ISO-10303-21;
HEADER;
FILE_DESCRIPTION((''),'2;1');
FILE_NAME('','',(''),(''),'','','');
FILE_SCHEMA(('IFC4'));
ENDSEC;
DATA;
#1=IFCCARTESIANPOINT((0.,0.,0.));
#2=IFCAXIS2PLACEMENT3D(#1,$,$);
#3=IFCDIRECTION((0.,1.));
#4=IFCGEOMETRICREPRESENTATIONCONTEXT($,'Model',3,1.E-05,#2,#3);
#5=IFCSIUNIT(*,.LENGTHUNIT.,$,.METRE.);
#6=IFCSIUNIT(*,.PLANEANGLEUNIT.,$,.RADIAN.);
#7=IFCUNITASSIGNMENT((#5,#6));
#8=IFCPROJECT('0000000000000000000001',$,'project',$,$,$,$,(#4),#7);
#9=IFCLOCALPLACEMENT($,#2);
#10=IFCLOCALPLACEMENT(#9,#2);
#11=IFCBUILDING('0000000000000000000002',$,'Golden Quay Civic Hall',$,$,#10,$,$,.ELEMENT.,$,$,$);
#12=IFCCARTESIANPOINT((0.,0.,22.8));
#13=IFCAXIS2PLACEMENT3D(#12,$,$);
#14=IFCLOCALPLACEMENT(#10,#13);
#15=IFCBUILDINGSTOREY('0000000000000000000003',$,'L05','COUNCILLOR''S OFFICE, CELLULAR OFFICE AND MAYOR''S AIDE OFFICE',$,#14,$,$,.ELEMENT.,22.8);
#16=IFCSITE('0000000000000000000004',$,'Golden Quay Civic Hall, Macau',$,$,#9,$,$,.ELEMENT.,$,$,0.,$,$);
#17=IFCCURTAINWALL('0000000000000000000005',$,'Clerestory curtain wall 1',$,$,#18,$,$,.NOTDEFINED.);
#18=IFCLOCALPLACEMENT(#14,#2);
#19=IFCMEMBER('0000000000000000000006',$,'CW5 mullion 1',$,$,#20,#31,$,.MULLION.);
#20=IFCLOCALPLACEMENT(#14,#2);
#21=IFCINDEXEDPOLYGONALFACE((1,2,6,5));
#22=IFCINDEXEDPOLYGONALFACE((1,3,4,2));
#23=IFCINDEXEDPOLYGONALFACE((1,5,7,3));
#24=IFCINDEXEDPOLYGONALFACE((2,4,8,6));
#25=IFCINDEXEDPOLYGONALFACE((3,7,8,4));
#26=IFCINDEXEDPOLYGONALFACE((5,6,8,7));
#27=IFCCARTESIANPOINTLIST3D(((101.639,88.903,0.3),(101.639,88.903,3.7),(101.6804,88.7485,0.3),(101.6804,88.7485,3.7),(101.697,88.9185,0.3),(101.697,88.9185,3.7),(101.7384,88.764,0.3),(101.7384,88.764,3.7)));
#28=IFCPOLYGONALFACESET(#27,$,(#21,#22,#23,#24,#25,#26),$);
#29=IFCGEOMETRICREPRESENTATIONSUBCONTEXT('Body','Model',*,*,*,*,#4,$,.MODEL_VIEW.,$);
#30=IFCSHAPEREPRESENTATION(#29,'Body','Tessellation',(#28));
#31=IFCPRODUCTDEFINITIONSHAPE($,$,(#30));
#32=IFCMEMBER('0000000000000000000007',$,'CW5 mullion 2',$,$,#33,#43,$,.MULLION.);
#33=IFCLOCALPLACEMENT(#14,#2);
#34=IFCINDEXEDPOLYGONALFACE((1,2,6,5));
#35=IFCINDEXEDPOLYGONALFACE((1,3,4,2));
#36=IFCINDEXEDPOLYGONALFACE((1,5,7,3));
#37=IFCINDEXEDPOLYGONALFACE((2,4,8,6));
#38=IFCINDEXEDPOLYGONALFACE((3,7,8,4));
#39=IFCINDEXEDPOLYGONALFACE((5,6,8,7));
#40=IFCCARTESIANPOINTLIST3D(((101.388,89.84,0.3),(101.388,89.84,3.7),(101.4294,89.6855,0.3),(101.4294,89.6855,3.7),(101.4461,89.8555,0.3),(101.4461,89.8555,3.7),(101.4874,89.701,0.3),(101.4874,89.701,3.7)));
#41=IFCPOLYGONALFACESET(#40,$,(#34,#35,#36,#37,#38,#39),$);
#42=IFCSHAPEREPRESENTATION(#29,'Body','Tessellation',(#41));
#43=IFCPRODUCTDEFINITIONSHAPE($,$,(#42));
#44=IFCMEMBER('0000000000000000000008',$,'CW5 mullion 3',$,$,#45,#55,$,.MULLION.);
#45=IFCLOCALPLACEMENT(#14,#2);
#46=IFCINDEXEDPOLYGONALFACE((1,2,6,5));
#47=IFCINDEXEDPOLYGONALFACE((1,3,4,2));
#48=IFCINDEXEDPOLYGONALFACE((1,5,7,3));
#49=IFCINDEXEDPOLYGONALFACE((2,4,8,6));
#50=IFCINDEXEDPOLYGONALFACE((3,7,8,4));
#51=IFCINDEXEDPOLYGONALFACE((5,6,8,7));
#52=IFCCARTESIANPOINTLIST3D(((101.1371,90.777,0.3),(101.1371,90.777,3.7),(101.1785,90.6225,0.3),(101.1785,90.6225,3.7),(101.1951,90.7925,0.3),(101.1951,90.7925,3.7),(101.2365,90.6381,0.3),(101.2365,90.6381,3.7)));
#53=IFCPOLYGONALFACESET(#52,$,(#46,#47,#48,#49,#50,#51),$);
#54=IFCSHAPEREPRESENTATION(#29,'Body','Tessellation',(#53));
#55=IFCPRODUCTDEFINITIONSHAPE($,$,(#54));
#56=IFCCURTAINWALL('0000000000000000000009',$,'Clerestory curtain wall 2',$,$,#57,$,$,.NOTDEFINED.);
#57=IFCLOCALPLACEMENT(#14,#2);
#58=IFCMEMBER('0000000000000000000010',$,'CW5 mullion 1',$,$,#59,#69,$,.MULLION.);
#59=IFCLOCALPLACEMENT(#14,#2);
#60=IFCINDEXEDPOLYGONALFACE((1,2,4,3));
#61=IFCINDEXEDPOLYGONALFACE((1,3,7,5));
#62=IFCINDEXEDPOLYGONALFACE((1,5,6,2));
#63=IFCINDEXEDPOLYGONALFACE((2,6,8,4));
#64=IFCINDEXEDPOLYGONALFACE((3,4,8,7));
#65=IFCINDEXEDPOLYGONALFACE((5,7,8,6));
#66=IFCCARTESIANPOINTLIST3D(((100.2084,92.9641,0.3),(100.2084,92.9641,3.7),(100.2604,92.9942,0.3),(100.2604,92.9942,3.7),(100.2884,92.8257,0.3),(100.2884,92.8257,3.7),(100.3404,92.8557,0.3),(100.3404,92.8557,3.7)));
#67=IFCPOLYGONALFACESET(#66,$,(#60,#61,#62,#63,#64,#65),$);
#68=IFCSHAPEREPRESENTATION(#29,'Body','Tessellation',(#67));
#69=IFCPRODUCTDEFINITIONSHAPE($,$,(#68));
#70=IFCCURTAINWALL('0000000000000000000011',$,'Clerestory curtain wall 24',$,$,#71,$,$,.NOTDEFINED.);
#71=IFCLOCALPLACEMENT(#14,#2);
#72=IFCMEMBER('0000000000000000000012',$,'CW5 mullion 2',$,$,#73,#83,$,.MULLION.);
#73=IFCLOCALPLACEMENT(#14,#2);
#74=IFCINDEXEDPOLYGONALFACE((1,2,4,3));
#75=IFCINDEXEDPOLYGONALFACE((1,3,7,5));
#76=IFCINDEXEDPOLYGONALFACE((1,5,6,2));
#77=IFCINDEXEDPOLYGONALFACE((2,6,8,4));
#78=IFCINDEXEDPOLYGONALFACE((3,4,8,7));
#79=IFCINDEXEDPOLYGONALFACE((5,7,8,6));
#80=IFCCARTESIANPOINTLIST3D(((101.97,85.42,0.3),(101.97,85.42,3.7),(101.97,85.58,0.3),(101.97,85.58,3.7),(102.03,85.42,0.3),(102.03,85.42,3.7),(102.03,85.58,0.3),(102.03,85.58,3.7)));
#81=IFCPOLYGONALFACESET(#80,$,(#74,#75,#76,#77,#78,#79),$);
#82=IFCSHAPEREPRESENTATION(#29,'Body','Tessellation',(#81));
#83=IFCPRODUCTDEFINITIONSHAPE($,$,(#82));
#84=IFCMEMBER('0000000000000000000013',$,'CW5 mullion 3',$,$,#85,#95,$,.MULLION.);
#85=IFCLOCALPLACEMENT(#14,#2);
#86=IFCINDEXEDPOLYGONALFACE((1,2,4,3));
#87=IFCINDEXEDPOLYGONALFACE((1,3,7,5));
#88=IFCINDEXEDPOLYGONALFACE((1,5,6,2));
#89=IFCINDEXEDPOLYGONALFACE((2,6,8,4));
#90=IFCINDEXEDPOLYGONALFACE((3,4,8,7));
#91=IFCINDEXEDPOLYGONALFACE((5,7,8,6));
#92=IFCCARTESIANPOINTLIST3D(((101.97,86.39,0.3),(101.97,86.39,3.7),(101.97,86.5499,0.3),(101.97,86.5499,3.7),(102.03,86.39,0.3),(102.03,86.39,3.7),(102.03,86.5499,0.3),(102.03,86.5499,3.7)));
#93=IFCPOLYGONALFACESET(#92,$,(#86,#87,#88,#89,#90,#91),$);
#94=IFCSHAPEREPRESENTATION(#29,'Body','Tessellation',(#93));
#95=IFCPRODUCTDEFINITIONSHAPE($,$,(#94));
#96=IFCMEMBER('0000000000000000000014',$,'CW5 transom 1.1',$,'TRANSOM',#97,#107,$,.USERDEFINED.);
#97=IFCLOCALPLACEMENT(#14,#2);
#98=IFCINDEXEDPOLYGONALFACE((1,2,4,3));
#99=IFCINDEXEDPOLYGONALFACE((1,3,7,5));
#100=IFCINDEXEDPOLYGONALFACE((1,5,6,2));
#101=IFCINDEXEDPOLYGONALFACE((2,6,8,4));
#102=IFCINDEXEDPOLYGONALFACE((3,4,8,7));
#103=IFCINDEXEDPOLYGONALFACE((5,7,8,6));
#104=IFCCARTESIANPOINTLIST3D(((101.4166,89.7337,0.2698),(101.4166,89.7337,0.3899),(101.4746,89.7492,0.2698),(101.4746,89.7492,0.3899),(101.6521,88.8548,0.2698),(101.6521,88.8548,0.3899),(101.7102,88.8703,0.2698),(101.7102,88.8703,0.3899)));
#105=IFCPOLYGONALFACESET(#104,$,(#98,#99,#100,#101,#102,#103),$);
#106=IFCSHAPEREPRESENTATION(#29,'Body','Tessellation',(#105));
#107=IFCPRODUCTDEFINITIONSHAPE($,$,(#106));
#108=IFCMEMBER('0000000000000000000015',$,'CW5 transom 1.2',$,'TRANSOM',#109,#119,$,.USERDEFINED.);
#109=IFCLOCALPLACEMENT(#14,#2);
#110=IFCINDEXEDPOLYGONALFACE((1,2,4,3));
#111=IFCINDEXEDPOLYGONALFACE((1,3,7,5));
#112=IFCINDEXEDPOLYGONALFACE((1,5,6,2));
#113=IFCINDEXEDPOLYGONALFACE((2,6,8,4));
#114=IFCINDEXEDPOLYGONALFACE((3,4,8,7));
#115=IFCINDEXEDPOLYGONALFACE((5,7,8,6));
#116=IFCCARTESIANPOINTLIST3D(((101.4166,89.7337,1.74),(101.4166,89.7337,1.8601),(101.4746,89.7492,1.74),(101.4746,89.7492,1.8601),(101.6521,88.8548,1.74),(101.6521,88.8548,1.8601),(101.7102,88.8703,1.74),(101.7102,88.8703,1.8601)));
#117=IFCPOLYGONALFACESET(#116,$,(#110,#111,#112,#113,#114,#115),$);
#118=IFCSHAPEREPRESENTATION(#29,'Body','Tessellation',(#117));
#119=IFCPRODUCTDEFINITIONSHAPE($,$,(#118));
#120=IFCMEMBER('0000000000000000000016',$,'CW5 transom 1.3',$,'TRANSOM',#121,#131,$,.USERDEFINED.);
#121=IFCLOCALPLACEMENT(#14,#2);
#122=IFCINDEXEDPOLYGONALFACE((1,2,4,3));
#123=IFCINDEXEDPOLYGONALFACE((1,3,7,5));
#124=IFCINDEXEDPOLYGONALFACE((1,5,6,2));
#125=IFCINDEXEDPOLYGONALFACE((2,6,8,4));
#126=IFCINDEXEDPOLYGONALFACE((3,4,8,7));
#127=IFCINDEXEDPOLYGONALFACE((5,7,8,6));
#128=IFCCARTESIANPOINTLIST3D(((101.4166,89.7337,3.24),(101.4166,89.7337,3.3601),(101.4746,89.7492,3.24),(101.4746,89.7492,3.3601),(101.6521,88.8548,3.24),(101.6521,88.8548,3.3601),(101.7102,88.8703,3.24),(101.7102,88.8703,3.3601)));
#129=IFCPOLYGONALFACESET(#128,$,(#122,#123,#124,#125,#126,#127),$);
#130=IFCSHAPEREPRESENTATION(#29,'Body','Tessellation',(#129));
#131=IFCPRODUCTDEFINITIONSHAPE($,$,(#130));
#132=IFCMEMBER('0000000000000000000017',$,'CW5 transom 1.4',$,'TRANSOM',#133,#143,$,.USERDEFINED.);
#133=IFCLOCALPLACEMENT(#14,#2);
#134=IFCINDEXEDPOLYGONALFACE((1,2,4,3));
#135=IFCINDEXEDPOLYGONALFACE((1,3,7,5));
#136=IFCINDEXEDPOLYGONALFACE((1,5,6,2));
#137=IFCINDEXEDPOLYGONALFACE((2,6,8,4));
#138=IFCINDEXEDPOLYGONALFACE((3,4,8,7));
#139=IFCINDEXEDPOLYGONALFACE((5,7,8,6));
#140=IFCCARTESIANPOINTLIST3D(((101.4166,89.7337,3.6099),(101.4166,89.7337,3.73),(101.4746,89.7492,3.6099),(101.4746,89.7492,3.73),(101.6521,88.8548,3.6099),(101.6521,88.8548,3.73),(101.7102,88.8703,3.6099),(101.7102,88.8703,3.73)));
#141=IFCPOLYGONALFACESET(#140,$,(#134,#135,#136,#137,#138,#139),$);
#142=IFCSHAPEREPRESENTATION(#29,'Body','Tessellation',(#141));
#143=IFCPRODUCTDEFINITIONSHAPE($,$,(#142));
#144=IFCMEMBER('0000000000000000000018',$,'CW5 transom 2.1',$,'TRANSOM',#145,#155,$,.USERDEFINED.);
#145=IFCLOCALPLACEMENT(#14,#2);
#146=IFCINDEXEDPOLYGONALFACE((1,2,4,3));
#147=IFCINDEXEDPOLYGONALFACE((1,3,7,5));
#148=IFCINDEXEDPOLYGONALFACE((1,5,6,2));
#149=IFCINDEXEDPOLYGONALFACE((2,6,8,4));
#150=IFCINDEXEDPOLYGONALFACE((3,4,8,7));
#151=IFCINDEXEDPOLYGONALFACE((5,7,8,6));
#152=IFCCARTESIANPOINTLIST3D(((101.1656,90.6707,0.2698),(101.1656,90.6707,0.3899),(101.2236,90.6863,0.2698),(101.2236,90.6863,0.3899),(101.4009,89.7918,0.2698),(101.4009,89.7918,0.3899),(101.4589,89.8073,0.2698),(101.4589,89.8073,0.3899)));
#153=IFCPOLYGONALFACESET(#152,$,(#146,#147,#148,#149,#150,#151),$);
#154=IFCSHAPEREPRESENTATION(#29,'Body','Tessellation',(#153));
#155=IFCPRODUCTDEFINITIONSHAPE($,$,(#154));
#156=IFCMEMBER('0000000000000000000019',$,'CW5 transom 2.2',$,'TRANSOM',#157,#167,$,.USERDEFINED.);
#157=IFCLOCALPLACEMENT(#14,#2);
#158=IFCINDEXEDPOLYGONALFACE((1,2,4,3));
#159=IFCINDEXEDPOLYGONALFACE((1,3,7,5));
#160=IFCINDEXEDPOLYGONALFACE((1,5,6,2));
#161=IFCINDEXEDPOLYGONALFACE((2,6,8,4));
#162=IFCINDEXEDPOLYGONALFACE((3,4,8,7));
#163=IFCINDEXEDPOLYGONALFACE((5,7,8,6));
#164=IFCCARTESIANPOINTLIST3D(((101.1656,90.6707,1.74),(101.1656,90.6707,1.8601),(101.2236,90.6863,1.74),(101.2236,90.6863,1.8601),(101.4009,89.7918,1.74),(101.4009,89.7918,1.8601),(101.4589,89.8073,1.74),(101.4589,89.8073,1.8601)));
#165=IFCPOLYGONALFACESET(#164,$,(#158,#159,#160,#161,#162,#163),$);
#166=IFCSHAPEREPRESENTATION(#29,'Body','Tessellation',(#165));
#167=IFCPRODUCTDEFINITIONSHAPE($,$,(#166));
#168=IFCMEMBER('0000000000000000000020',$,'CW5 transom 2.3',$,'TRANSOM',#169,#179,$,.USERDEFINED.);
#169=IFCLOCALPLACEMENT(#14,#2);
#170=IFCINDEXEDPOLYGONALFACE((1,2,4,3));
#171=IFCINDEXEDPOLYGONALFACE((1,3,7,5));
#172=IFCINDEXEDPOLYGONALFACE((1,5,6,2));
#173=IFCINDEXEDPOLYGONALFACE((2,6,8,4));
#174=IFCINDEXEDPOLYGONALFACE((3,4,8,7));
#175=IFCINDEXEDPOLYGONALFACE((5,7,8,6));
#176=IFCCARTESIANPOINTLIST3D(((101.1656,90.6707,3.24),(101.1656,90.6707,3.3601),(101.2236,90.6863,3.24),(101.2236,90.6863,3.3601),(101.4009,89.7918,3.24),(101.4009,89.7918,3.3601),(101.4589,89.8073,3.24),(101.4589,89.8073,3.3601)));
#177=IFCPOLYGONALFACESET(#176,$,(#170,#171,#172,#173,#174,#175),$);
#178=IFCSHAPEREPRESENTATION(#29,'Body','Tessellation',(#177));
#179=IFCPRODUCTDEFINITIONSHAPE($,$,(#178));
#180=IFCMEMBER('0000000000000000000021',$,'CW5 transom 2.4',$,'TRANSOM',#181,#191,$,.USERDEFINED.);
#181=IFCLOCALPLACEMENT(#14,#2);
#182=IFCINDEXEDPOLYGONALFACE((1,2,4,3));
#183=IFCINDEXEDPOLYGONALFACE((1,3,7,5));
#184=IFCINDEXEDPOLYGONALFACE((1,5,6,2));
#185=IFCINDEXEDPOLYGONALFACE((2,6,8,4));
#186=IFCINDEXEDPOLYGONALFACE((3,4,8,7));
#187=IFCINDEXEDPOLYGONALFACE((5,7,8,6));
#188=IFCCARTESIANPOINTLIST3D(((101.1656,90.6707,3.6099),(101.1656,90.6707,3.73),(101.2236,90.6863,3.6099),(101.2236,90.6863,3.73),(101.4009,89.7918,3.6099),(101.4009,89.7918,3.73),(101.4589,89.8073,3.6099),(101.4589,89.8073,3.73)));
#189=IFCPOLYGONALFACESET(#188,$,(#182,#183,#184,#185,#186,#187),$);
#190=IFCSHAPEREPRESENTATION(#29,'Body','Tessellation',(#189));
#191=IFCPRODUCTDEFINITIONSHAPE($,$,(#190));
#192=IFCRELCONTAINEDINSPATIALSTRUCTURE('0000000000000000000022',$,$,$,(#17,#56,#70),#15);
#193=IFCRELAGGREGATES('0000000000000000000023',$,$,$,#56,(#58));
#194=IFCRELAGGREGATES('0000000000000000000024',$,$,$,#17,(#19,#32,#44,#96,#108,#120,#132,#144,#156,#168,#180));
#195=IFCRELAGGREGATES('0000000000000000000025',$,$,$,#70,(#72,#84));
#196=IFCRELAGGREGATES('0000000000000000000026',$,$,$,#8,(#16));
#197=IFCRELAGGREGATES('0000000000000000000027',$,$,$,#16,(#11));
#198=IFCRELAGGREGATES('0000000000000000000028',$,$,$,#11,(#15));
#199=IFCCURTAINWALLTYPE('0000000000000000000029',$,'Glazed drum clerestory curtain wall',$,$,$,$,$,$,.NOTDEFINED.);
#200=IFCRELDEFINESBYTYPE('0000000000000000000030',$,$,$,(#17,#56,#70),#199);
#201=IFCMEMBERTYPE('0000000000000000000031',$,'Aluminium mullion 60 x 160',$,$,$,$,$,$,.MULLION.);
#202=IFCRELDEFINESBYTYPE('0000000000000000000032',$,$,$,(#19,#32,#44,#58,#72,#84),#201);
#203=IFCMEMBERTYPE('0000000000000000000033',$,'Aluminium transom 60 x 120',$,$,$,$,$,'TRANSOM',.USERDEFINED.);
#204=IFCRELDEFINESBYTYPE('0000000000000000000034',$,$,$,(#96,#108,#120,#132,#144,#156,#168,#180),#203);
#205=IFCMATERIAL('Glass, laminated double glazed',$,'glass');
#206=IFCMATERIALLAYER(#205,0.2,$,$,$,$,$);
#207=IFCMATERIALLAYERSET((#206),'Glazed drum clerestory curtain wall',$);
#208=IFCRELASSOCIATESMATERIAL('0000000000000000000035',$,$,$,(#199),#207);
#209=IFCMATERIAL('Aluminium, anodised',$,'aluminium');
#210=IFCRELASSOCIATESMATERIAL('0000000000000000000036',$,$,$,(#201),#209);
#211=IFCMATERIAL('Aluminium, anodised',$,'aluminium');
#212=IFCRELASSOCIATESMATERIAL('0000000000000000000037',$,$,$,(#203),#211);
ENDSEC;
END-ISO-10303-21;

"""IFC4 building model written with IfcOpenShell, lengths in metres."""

from ifc_helpers import new_model, si_unit, direction, frame, origin, origin_2d, place, context, subcontext, project, spatial, rectangle, extrude, material, layer, layer_set, material_profile, profile_set, type_object, element, aggregate, save


model = new_model("IFC4")

# Units and contexts
model_context = context("Model", 3, precision=1e-05, world=origin(), true_north=direction((0.0, 1.0)))
body_context = subcontext(model_context, "Body", "Model", "MODEL_VIEW")
ifc_project = project(units=[si_unit("LENGTHUNIT", "METRE"), si_unit("PLANEANGLEUNIT", "RADIAN")], contexts=[model_context])

# Site, building, storey
site_placement = place(None, origin())
site = spatial("IfcSite", under=ifc_project, at=site_placement, Name="Golden Quay Civic Hall, Macau", CompositionType="ELEMENT", RefElevation=0.0)
building_placement = place(site_placement, origin())
building = spatial("IfcBuilding", under=site, at=building_placement, Name="Golden Quay Civic Hall", CompositionType="ELEMENT")
storey_placement = place(building_placement, frame((0.0, 0.0, 22.8)))
storey = spatial("IfcBuildingStorey", under=building, at=storey_placement, Name="L05", Description="COUNCILLOR'S OFFICE, CELLULAR OFFICE AND MAYOR'S AIDE OFFICE", CompositionType="ELEMENT", Elevation=22.8)

# Curtain wall, members
ifc_material_1 = material(Name="Glass, laminated double glazed", Category="glass")
ifc_layer_1 = layer(ifc_material_1, 0.2)
ifc_layer_set_1 = layer_set([ifc_layer_1], Name="Glazed drum clerestory curtain wall")
curtain_wall_type = type_object("IfcCurtainWallType", Name="Glazed drum clerestory curtain wall", PredefinedType="NOTDEFINED", material=ifc_layer_set_1)
curtain_wall_1_placement = place(storey_placement, origin())
curtain_wall_1 = element("IfcCurtainWall", 1, at=curtain_wall_1_placement, inside=storey, type_object=curtain_wall_type, Name="Clerestory curtain wall 1", PredefinedType="NOTDEFINED")
ifc_material_2 = material(Name="Aluminium, anodised", Category="aluminium")
ifc_material_profile_1 = material_profile(ifc_material_2, rectangle(XDim=0.0601, YDim=0.1599, at=origin_2d()), Name="Aluminium 60 x 160")
ifc_profile_set_1 = profile_set([ifc_material_profile_1], Name="Aluminium, anodised")
member_type_1 = type_object("IfcMemberType", Name="Aluminium mullion 60 x 160", PredefinedType="MULLION", material=ifc_profile_set_1)
member_1_placement = place(storey_placement, frame((101.6887, 88.8335, 0.3), z_axis=(0.0, 0.0, 1.0), x_axis=(-0.965929, -0.258808, 0.0)))
member_1 = element("IfcMember", 2, at=member_1_placement, type_object=member_type_1, Name="CW5 mullion 1", PredefinedType="MULLION", context=body_context, shape_type="SweptSolid", body=[
    extrude(rectangle(XDim=0.0601, YDim=0.1599, at=origin_2d()), origin(), (0.0, 0.0, 1.0), 3.3999),
])
member_2_placement = place(storey_placement, frame((101.4377, 89.7705, 0.3), z_axis=(0.0, 0.0, 1.0), x_axis=(-0.965929, -0.258808, 0.0)))
member_2 = element("IfcMember", 3, at=member_2_placement, type_object=member_type_1, Name="CW5 mullion 2", PredefinedType="MULLION", context=body_context, shape_type="SweptSolid", body=[
    extrude(rectangle(XDim=0.0601, YDim=0.1599, at=origin_2d()), origin(), (0.0, 0.0, 1.0), 3.3999),
])
member_3_placement = place(storey_placement, frame((101.1868, 90.7075, 0.3), z_axis=(0.0, 0.0, 1.0), x_axis=(-0.965929, -0.258808, 0.0)))
member_3 = element("IfcMember", 4, at=member_3_placement, type_object=member_type_1, Name="CW5 mullion 3", PredefinedType="MULLION", context=body_context, shape_type="SweptSolid", body=[
    extrude(rectangle(XDim=0.0601, YDim=0.1599, at=origin_2d()), origin(), (0.0, 0.0, 1.0), 3.3999),
])

# Curtain wall, member
curtain_wall_2_placement = place(storey_placement, origin())
curtain_wall_2 = element("IfcCurtainWall", 5, at=curtain_wall_2_placement, inside=storey, type_object=curtain_wall_type, Name="Clerestory curtain wall 2", PredefinedType="NOTDEFINED")
member_4_placement = place(storey_placement, frame((100.2744, 92.9099, 0.3), z_axis=(0.0, 0.0, 1.0), x_axis=(-0.866019, -0.500011, 0.0)))
member_4 = element("IfcMember", 6, at=member_4_placement, type_object=member_type_1, Name="CW5 mullion 1", PredefinedType="MULLION", context=body_context, shape_type="SweptSolid", body=[
    extrude(rectangle(XDim=0.0601, YDim=0.1599, at=origin_2d()), origin(), (0.0, 0.0, 1.0), 3.3999),
])

# Curtain wall, members
curtain_wall_3_placement = place(storey_placement, origin())
curtain_wall_3 = element("IfcCurtainWall", 7, at=curtain_wall_3_placement, inside=storey, type_object=curtain_wall_type, Name="Clerestory curtain wall 24", PredefinedType="NOTDEFINED")
member_5_placement = place(storey_placement, frame((102.0, 85.5, 0.3), z_axis=(0.0, 0.0, 1.0), x_axis=(-1.0, 0.0, 0.0)))
member_5 = element("IfcMember", 8, at=member_5_placement, type_object=member_type_1, Name="CW5 mullion 2", PredefinedType="MULLION", context=body_context, shape_type="SweptSolid", body=[
    extrude(rectangle(XDim=0.0601, YDim=0.1599, at=origin_2d()), origin(), (0.0, 0.0, 1.0), 3.3999),
])
member_6_placement = place(storey_placement, frame((102.0, 86.47, 0.3), z_axis=(0.0, 0.0, 1.0), x_axis=(-1.0, 0.0, 0.0)))
member_6 = element("IfcMember", 9, at=member_6_placement, type_object=member_type_1, Name="CW5 mullion 3", PredefinedType="MULLION", context=body_context, shape_type="SweptSolid", body=[
    extrude(rectangle(XDim=0.0601, YDim=0.1599, at=origin_2d()), origin(), (0.0, 0.0, 1.0), 3.3999),
])

# Members
ifc_material_3 = material(Name="Aluminium, anodised", Category="aluminium")
ifc_material_profile_2 = material_profile(ifc_material_3, rectangle(XDim=0.0601, YDim=0.1201, at=origin_2d()), Name="Aluminium 60 x 120")
ifc_profile_set_2 = profile_set([ifc_material_profile_2], Name="Aluminium, anodised")
member_type_2 = type_object("IfcMemberType", Name="Aluminium transom 60 x 120", ElementType="TRANSOM", PredefinedType="USERDEFINED", material=ifc_profile_set_2)
member_7_placement = place(storey_placement, frame((101.6812, 88.8625, 0.3298), z_axis=(-0.258915, 0.9659, 0.0), x_axis=(-0.9659, -0.258915, 0.0)))
member_7 = element("IfcMember", 10, at=member_7_placement, type_object=member_type_2, Name="CW5 transom 1.1", ObjectType="TRANSOM", PredefinedType="USERDEFINED", context=body_context, shape_type="SweptSolid", body=[
    extrude(rectangle(XDim=0.0601, YDim=0.1201, at=origin_2d()), origin(), (0.0, 0.0, 1.0), 0.9099),
])
member_8_placement = place(storey_placement, frame((101.6812, 88.8625, 1.8), z_axis=(-0.258915, 0.9659, 0.0), x_axis=(-0.9659, -0.258915, 0.0)))
member_8 = element("IfcMember", 11, at=member_8_placement, type_object=member_type_2, Name="CW5 transom 1.2", ObjectType="TRANSOM", PredefinedType="USERDEFINED", context=body_context, shape_type="SweptSolid", body=[
    extrude(rectangle(XDim=0.0601, YDim=0.1201, at=origin_2d()), origin(), (0.0, 0.0, 1.0), 0.9099),
])
member_9_placement = place(storey_placement, frame((101.6812, 88.8625, 3.3), z_axis=(-0.258915, 0.9659, 0.0), x_axis=(-0.9659, -0.258915, 0.0)))
member_9 = element("IfcMember", 12, at=member_9_placement, type_object=member_type_2, Name="CW5 transom 1.3", ObjectType="TRANSOM", PredefinedType="USERDEFINED", context=body_context, shape_type="SweptSolid", body=[
    extrude(rectangle(XDim=0.0601, YDim=0.1201, at=origin_2d()), origin(), (0.0, 0.0, 1.0), 0.9099),
])
member_10_placement = place(storey_placement, frame((101.6812, 88.8625, 3.6699), z_axis=(-0.258915, 0.9659, 0.0), x_axis=(-0.9659, -0.258915, 0.0)))
member_10 = element("IfcMember", 13, at=member_10_placement, type_object=member_type_2, Name="CW5 transom 1.4", ObjectType="TRANSOM", PredefinedType="USERDEFINED", context=body_context, shape_type="SweptSolid", body=[
    extrude(rectangle(XDim=0.0601, YDim=0.1201, at=origin_2d()), origin(), (0.0, 0.0, 1.0), 0.9099),
])
member_11_placement = place(storey_placement, frame((101.4299, 89.7996, 0.3298), z_axis=(-0.258665, 0.965967, 0.0), x_axis=(-0.965967, -0.258665, 0.0)))
member_11 = element("IfcMember", 14, at=member_11_placement, type_object=member_type_2, Name="CW5 transom 2.1", ObjectType="TRANSOM", PredefinedType="USERDEFINED", context=body_context, shape_type="SweptSolid", body=[
    extrude(rectangle(XDim=0.0601, YDim=0.1201, at=origin_2d()), origin(), (0.0, 0.0, 1.0), 0.9099),
])
member_12_placement = place(storey_placement, frame((101.4299, 89.7996, 1.8), z_axis=(-0.258665, 0.965967, 0.0), x_axis=(-0.965967, -0.258665, 0.0)))
member_12 = element("IfcMember", 15, at=member_12_placement, type_object=member_type_2, Name="CW5 transom 2.2", ObjectType="TRANSOM", PredefinedType="USERDEFINED", context=body_context, shape_type="SweptSolid", body=[
    extrude(rectangle(XDim=0.0601, YDim=0.1201, at=origin_2d()), origin(), (0.0, 0.0, 1.0), 0.9099),
])
member_13_placement = place(storey_placement, frame((101.4299, 89.7996, 3.3), z_axis=(-0.258665, 0.965967, 0.0), x_axis=(-0.965967, -0.258665, 0.0)))
member_13 = element("IfcMember", 16, at=member_13_placement, type_object=member_type_2, Name="CW5 transom 2.3", ObjectType="TRANSOM", PredefinedType="USERDEFINED", context=body_context, shape_type="SweptSolid", body=[
    extrude(rectangle(XDim=0.0601, YDim=0.1201, at=origin_2d()), origin(), (0.0, 0.0, 1.0), 0.9099),
])
member_14_placement = place(storey_placement, frame((101.4299, 89.7996, 3.6699), z_axis=(-0.258665, 0.965967, 0.0), x_axis=(-0.965967, -0.258665, 0.0)))
member_14 = element("IfcMember", 17, at=member_14_placement, type_object=member_type_2, Name="CW5 transom 2.4", ObjectType="TRANSOM", PredefinedType="USERDEFINED", context=body_context, shape_type="SweptSolid", body=[
    extrude(rectangle(XDim=0.0601, YDim=0.1201, at=origin_2d()), origin(), (0.0, 0.0, 1.0), 0.9099),
])
aggregate(curtain_wall_2, [member_4])

aggregate(curtain_wall_1, [member_1, member_2, member_3, member_7, member_8, member_9, member_10, member_11, member_12, member_13, member_14])
aggregate(curtain_wall_3, [member_5, member_6])

save(model, "model.ifc")
